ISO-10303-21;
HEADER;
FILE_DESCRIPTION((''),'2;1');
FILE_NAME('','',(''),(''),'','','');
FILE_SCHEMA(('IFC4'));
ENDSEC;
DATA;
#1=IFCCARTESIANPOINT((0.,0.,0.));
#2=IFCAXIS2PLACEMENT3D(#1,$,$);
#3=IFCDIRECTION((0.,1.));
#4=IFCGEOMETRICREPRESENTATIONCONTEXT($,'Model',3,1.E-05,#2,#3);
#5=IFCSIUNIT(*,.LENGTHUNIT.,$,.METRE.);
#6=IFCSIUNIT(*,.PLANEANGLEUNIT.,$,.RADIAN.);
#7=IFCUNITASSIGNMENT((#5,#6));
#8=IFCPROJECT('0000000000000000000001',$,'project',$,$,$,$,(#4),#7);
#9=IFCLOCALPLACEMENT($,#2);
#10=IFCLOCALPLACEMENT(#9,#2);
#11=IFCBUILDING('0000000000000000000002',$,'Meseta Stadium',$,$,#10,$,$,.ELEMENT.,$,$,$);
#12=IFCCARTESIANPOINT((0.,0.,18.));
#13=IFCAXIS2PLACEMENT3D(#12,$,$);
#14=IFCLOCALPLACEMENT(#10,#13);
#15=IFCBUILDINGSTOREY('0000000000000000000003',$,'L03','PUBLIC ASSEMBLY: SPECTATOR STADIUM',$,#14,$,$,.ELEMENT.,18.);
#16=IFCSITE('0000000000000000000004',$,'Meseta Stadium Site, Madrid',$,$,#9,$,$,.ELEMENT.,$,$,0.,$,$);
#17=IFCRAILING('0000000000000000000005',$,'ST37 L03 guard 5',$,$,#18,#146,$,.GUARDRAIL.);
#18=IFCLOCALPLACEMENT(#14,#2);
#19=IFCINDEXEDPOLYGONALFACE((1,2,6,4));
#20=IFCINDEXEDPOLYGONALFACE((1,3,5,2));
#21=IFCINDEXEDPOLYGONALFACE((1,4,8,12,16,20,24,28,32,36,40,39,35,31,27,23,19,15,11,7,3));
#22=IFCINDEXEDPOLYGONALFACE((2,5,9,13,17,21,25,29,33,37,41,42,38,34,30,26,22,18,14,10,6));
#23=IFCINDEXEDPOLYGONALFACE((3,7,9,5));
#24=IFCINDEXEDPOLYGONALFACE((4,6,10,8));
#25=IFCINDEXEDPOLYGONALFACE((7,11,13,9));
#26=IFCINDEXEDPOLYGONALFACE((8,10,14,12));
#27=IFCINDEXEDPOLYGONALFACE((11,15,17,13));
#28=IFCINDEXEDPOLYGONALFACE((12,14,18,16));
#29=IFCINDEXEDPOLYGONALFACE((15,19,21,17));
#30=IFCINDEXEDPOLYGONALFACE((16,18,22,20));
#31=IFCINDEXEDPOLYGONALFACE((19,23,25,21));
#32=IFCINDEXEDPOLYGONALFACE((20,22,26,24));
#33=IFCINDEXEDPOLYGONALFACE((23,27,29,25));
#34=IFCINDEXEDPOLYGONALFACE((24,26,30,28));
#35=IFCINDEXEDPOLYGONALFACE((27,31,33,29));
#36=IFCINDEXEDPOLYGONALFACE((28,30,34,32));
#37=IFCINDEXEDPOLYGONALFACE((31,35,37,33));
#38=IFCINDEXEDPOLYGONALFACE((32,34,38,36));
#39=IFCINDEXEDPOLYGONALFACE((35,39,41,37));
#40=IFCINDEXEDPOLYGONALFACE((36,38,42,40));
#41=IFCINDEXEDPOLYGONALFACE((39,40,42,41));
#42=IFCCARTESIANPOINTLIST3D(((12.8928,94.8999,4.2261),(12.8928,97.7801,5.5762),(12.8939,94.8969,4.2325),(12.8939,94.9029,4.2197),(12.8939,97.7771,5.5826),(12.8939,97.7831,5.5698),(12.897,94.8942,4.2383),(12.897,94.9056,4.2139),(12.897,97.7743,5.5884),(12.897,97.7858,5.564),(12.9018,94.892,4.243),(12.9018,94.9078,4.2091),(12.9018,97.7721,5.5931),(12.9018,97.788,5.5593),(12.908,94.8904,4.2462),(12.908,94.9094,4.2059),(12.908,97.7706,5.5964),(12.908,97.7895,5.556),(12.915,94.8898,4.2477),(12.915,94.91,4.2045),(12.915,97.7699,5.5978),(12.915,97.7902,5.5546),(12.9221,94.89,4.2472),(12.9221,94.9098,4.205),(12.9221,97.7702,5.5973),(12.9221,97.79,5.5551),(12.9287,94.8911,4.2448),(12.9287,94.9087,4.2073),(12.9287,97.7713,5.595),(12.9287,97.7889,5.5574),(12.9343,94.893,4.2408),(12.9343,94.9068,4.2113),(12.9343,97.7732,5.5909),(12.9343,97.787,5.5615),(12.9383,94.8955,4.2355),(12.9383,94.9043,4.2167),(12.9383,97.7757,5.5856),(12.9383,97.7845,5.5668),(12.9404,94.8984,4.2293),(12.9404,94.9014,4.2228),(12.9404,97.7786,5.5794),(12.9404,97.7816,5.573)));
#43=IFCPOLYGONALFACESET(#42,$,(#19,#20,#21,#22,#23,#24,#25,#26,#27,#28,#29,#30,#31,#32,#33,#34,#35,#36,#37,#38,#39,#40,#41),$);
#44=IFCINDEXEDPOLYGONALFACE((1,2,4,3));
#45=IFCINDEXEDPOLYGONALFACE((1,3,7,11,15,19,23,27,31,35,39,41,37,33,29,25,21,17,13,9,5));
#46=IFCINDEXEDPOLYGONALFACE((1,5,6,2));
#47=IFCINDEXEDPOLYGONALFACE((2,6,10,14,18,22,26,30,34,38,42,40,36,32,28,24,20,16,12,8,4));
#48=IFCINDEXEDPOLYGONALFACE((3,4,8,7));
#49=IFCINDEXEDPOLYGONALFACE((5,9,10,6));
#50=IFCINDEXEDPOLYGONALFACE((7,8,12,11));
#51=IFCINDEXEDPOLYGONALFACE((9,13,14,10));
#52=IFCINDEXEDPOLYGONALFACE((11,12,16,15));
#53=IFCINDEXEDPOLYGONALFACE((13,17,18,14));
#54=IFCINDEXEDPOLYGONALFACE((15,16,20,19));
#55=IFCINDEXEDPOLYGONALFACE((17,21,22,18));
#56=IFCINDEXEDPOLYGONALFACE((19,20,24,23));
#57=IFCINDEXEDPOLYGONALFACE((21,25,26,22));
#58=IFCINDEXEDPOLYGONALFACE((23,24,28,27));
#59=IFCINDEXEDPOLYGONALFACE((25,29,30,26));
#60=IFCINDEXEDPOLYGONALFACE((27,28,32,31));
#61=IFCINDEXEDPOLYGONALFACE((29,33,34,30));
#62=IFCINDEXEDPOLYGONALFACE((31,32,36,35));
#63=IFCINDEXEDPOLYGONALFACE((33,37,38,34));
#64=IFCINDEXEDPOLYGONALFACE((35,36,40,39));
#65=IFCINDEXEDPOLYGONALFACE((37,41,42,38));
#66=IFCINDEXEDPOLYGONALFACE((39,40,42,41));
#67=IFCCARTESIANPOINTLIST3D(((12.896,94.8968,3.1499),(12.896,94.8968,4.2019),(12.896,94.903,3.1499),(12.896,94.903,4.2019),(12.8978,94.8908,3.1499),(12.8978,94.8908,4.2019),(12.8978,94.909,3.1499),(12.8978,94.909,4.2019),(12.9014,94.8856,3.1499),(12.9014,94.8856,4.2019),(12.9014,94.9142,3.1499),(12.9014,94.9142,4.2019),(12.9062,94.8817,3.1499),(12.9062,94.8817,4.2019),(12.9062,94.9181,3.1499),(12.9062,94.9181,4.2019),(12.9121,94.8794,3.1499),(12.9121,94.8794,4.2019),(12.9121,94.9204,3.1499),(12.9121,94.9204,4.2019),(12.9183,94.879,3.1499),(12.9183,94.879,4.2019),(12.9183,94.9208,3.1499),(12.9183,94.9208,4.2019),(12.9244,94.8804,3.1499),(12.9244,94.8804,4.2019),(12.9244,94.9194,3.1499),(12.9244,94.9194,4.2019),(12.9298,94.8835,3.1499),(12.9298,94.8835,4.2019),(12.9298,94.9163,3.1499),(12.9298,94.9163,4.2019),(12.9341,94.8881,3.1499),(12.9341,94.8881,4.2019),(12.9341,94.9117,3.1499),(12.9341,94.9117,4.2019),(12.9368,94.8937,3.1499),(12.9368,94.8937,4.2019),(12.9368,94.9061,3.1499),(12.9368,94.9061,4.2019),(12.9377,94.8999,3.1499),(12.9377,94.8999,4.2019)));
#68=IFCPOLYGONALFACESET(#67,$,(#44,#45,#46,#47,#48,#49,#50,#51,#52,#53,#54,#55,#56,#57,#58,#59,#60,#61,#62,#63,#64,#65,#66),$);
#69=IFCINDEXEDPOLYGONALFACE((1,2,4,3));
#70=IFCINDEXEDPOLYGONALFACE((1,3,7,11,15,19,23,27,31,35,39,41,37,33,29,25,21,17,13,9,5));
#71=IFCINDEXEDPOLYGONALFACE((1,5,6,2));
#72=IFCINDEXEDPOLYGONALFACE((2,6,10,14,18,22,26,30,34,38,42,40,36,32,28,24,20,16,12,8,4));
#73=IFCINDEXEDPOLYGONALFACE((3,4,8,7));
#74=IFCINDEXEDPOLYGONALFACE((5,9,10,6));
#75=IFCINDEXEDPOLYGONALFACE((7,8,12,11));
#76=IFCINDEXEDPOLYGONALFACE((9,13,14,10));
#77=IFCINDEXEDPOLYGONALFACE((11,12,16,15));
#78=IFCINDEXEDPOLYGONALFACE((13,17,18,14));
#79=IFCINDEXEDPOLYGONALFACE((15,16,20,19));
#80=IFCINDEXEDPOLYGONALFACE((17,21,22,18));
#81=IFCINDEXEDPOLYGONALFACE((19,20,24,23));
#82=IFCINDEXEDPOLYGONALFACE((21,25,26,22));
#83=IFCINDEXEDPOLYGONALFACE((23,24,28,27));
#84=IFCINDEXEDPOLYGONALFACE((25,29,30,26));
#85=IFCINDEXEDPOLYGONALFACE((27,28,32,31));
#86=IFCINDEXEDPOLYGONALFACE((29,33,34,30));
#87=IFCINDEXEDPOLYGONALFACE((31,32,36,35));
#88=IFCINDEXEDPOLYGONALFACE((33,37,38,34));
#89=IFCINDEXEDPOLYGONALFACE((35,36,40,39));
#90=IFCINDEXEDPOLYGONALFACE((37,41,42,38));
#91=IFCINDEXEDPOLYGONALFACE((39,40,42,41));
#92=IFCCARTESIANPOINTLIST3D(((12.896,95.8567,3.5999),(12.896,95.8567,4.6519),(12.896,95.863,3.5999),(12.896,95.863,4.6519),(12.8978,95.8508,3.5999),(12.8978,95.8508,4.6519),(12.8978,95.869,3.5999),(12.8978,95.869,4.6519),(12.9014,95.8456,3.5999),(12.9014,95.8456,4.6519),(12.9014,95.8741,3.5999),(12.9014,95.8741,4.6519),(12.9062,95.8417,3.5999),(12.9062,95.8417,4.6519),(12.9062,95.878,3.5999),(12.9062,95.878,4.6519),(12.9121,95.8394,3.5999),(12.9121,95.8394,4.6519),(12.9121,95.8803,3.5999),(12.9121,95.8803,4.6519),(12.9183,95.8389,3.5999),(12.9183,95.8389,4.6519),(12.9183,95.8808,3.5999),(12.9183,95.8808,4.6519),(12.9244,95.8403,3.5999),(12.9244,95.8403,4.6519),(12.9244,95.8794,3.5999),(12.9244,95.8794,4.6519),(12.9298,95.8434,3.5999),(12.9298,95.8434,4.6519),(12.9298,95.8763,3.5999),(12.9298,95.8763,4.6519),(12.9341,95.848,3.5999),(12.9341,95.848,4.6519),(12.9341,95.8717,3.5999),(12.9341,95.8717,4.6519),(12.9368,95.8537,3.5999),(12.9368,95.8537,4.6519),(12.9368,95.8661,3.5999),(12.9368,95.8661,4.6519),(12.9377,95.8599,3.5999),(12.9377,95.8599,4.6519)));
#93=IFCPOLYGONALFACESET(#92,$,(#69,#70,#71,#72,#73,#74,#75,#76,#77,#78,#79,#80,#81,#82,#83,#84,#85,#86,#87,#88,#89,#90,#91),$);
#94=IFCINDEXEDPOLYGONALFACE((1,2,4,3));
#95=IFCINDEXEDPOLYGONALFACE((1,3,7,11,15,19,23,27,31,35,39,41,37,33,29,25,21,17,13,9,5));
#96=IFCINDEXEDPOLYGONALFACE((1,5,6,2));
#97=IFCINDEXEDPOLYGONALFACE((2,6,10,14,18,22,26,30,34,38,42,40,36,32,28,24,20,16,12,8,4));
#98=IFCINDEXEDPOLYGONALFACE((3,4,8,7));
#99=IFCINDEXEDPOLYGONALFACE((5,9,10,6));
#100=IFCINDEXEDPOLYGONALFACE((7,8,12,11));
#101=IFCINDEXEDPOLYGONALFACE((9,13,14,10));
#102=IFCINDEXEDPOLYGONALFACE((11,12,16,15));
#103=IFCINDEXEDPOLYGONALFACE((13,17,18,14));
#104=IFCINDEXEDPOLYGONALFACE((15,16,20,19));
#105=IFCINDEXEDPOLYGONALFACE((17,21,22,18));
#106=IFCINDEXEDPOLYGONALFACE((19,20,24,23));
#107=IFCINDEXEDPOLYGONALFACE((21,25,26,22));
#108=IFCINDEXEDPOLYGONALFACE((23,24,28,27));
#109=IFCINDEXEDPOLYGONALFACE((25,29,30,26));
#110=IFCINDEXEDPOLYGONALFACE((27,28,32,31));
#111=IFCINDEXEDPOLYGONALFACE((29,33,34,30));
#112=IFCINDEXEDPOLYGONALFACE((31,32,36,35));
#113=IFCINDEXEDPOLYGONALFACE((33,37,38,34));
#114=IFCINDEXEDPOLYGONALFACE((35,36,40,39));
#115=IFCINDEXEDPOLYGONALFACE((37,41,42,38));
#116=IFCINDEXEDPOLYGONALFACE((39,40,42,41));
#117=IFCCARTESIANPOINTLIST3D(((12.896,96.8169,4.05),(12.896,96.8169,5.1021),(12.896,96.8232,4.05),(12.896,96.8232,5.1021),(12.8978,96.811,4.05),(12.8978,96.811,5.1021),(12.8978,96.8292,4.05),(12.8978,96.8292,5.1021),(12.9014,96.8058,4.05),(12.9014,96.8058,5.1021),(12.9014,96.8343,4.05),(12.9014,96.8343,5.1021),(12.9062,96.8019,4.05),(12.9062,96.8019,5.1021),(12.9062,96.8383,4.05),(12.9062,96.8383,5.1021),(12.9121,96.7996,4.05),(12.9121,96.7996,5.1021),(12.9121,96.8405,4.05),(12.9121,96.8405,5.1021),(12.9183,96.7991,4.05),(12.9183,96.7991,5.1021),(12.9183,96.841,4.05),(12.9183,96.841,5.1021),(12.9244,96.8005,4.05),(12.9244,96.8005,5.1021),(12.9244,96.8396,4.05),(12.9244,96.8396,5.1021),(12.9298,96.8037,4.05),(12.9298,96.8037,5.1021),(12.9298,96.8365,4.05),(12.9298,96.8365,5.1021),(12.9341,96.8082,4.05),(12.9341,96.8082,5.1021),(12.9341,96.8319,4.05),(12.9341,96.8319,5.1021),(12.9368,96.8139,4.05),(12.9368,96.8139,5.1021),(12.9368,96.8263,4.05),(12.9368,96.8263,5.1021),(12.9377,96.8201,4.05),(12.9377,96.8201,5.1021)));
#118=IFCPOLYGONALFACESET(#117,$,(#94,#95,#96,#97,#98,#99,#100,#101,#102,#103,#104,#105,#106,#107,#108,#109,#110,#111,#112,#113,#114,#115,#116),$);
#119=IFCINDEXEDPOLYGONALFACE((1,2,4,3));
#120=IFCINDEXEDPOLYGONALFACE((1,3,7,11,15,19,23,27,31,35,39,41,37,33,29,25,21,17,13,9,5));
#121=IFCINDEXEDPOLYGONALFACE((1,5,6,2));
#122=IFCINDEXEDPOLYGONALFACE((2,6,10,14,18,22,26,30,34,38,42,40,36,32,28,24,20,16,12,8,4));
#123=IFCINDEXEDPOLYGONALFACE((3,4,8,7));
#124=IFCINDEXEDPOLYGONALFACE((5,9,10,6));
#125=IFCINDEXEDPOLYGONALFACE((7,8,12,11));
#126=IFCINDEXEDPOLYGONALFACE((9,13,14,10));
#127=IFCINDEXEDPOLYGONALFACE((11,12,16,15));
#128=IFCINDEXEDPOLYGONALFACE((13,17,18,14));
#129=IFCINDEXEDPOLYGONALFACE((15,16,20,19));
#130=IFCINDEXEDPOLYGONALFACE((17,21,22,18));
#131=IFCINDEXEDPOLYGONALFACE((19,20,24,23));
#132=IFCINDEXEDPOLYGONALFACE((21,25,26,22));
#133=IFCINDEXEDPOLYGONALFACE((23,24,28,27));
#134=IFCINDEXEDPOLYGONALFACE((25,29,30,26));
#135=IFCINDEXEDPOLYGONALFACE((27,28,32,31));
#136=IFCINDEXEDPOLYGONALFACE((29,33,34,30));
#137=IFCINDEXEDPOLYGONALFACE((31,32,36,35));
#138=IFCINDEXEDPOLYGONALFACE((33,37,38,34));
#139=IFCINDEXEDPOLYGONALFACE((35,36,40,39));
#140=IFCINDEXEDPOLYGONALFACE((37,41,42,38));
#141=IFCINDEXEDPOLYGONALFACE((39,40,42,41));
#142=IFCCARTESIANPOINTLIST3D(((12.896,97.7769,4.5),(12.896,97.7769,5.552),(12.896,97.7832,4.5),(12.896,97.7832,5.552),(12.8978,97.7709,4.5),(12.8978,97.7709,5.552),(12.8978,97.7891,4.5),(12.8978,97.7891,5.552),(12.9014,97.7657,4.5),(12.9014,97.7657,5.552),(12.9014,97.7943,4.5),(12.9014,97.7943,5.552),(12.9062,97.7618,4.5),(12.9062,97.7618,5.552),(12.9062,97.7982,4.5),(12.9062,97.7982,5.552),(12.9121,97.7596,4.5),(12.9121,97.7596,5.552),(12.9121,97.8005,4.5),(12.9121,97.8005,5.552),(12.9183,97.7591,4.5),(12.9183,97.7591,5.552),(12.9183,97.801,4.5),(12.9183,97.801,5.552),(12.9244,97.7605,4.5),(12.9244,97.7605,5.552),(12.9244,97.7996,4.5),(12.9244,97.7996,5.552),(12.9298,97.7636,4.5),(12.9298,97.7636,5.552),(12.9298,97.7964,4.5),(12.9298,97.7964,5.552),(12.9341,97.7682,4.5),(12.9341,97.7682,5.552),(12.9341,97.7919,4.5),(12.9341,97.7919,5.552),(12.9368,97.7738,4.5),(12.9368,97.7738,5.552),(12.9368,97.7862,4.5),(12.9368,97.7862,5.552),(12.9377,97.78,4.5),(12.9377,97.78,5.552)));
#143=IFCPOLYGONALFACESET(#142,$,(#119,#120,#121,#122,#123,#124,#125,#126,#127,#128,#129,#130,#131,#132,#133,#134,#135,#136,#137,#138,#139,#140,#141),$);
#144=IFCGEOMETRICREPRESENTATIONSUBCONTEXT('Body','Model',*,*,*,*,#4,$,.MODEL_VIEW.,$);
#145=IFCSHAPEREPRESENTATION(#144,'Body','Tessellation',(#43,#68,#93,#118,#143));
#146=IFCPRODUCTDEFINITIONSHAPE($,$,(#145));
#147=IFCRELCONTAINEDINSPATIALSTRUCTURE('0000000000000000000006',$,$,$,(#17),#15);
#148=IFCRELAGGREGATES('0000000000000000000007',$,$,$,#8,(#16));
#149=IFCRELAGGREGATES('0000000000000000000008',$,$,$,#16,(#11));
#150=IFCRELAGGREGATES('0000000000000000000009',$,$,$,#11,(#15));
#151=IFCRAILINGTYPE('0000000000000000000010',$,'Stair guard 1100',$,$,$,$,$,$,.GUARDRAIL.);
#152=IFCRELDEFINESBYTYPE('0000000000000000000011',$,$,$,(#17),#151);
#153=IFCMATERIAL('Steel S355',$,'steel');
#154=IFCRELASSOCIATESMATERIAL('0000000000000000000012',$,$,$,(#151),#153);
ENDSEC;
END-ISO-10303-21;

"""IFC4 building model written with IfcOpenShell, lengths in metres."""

from ifc_helpers import new_model, si_unit, direction, frame, origin, origin_2d, place, context, subcontext, project, spatial, circle, extrude, material, type_object, element, save


model = new_model("IFC4")

# Units and contexts
model_context = context("Model", 3, precision=1e-05, world=origin(), true_north=direction((0.0, 1.0)))
body_context = subcontext(model_context, "Body", "Model", "MODEL_VIEW")
ifc_project = project(units=[si_unit("LENGTHUNIT", "METRE"), si_unit("PLANEANGLEUNIT", "RADIAN")], contexts=[model_context])

# Site, building, storey
site_placement = place(None, origin())
site = spatial("IfcSite", under=ifc_project, at=site_placement, Name="Meseta Stadium Site, Madrid", CompositionType="ELEMENT", RefElevation=0.0)
building_placement = place(site_placement, origin())
building = spatial("IfcBuilding", under=site, at=building_placement, Name="Meseta Stadium", CompositionType="ELEMENT")
storey_placement = place(building_placement, frame((0.0, 0.0, 18.0)))
storey = spatial("IfcBuildingStorey", under=building, at=storey_placement, Name="L03", Description="PUBLIC ASSEMBLY: SPECTATOR STADIUM", CompositionType="ELEMENT", Elevation=18.0)

# Railing
ifc_material_1 = material(Name="Steel S355", Category="steel")
railing_type_1 = type_object("IfcRailingType", Name="Stair guard 1100", PredefinedType="GUARDRAIL", material=ifc_material_1)
railing_1_placement = place(storey_placement, frame((12.9167, 94.8999, 3.1499)))
element("IfcRailing", 1, at=railing_1_placement, inside=storey, type_object=railing_type_1, Name="ST37 L03 guard 5", PredefinedType="GUARDRAIL", context=body_context, shape_type="SweptSolid", body=[
    extrude(circle(Radius=0.0239, at=origin_2d()), frame((0.0, 0.0, 1.0762), z_axis=(0.0, 0.905454, 0.424444), x_axis=(-1.0, 0.0, 0.0)), (0.0, 0.0, 1.0), 3.1809),
    extrude(circle(Radius=0.021, at=origin_2d()), origin(), (0.0, 0.0, 1.0), 1.052),
    extrude(circle(Radius=0.021, at=origin_2d()), frame((0.0, 0.96, 0.45)), (0.0, 0.0, 1.0), 1.052),
    extrude(circle(Radius=0.021, at=origin_2d()), frame((0.0, 1.9202, 0.9001)), (0.0, 0.0, 1.0), 1.052),
    extrude(circle(Radius=0.021, at=origin_2d()), frame((0.0, 2.8801, 1.3501)), (0.0, 0.0, 1.0), 1.052),
])

save(model, "model.ifc")
